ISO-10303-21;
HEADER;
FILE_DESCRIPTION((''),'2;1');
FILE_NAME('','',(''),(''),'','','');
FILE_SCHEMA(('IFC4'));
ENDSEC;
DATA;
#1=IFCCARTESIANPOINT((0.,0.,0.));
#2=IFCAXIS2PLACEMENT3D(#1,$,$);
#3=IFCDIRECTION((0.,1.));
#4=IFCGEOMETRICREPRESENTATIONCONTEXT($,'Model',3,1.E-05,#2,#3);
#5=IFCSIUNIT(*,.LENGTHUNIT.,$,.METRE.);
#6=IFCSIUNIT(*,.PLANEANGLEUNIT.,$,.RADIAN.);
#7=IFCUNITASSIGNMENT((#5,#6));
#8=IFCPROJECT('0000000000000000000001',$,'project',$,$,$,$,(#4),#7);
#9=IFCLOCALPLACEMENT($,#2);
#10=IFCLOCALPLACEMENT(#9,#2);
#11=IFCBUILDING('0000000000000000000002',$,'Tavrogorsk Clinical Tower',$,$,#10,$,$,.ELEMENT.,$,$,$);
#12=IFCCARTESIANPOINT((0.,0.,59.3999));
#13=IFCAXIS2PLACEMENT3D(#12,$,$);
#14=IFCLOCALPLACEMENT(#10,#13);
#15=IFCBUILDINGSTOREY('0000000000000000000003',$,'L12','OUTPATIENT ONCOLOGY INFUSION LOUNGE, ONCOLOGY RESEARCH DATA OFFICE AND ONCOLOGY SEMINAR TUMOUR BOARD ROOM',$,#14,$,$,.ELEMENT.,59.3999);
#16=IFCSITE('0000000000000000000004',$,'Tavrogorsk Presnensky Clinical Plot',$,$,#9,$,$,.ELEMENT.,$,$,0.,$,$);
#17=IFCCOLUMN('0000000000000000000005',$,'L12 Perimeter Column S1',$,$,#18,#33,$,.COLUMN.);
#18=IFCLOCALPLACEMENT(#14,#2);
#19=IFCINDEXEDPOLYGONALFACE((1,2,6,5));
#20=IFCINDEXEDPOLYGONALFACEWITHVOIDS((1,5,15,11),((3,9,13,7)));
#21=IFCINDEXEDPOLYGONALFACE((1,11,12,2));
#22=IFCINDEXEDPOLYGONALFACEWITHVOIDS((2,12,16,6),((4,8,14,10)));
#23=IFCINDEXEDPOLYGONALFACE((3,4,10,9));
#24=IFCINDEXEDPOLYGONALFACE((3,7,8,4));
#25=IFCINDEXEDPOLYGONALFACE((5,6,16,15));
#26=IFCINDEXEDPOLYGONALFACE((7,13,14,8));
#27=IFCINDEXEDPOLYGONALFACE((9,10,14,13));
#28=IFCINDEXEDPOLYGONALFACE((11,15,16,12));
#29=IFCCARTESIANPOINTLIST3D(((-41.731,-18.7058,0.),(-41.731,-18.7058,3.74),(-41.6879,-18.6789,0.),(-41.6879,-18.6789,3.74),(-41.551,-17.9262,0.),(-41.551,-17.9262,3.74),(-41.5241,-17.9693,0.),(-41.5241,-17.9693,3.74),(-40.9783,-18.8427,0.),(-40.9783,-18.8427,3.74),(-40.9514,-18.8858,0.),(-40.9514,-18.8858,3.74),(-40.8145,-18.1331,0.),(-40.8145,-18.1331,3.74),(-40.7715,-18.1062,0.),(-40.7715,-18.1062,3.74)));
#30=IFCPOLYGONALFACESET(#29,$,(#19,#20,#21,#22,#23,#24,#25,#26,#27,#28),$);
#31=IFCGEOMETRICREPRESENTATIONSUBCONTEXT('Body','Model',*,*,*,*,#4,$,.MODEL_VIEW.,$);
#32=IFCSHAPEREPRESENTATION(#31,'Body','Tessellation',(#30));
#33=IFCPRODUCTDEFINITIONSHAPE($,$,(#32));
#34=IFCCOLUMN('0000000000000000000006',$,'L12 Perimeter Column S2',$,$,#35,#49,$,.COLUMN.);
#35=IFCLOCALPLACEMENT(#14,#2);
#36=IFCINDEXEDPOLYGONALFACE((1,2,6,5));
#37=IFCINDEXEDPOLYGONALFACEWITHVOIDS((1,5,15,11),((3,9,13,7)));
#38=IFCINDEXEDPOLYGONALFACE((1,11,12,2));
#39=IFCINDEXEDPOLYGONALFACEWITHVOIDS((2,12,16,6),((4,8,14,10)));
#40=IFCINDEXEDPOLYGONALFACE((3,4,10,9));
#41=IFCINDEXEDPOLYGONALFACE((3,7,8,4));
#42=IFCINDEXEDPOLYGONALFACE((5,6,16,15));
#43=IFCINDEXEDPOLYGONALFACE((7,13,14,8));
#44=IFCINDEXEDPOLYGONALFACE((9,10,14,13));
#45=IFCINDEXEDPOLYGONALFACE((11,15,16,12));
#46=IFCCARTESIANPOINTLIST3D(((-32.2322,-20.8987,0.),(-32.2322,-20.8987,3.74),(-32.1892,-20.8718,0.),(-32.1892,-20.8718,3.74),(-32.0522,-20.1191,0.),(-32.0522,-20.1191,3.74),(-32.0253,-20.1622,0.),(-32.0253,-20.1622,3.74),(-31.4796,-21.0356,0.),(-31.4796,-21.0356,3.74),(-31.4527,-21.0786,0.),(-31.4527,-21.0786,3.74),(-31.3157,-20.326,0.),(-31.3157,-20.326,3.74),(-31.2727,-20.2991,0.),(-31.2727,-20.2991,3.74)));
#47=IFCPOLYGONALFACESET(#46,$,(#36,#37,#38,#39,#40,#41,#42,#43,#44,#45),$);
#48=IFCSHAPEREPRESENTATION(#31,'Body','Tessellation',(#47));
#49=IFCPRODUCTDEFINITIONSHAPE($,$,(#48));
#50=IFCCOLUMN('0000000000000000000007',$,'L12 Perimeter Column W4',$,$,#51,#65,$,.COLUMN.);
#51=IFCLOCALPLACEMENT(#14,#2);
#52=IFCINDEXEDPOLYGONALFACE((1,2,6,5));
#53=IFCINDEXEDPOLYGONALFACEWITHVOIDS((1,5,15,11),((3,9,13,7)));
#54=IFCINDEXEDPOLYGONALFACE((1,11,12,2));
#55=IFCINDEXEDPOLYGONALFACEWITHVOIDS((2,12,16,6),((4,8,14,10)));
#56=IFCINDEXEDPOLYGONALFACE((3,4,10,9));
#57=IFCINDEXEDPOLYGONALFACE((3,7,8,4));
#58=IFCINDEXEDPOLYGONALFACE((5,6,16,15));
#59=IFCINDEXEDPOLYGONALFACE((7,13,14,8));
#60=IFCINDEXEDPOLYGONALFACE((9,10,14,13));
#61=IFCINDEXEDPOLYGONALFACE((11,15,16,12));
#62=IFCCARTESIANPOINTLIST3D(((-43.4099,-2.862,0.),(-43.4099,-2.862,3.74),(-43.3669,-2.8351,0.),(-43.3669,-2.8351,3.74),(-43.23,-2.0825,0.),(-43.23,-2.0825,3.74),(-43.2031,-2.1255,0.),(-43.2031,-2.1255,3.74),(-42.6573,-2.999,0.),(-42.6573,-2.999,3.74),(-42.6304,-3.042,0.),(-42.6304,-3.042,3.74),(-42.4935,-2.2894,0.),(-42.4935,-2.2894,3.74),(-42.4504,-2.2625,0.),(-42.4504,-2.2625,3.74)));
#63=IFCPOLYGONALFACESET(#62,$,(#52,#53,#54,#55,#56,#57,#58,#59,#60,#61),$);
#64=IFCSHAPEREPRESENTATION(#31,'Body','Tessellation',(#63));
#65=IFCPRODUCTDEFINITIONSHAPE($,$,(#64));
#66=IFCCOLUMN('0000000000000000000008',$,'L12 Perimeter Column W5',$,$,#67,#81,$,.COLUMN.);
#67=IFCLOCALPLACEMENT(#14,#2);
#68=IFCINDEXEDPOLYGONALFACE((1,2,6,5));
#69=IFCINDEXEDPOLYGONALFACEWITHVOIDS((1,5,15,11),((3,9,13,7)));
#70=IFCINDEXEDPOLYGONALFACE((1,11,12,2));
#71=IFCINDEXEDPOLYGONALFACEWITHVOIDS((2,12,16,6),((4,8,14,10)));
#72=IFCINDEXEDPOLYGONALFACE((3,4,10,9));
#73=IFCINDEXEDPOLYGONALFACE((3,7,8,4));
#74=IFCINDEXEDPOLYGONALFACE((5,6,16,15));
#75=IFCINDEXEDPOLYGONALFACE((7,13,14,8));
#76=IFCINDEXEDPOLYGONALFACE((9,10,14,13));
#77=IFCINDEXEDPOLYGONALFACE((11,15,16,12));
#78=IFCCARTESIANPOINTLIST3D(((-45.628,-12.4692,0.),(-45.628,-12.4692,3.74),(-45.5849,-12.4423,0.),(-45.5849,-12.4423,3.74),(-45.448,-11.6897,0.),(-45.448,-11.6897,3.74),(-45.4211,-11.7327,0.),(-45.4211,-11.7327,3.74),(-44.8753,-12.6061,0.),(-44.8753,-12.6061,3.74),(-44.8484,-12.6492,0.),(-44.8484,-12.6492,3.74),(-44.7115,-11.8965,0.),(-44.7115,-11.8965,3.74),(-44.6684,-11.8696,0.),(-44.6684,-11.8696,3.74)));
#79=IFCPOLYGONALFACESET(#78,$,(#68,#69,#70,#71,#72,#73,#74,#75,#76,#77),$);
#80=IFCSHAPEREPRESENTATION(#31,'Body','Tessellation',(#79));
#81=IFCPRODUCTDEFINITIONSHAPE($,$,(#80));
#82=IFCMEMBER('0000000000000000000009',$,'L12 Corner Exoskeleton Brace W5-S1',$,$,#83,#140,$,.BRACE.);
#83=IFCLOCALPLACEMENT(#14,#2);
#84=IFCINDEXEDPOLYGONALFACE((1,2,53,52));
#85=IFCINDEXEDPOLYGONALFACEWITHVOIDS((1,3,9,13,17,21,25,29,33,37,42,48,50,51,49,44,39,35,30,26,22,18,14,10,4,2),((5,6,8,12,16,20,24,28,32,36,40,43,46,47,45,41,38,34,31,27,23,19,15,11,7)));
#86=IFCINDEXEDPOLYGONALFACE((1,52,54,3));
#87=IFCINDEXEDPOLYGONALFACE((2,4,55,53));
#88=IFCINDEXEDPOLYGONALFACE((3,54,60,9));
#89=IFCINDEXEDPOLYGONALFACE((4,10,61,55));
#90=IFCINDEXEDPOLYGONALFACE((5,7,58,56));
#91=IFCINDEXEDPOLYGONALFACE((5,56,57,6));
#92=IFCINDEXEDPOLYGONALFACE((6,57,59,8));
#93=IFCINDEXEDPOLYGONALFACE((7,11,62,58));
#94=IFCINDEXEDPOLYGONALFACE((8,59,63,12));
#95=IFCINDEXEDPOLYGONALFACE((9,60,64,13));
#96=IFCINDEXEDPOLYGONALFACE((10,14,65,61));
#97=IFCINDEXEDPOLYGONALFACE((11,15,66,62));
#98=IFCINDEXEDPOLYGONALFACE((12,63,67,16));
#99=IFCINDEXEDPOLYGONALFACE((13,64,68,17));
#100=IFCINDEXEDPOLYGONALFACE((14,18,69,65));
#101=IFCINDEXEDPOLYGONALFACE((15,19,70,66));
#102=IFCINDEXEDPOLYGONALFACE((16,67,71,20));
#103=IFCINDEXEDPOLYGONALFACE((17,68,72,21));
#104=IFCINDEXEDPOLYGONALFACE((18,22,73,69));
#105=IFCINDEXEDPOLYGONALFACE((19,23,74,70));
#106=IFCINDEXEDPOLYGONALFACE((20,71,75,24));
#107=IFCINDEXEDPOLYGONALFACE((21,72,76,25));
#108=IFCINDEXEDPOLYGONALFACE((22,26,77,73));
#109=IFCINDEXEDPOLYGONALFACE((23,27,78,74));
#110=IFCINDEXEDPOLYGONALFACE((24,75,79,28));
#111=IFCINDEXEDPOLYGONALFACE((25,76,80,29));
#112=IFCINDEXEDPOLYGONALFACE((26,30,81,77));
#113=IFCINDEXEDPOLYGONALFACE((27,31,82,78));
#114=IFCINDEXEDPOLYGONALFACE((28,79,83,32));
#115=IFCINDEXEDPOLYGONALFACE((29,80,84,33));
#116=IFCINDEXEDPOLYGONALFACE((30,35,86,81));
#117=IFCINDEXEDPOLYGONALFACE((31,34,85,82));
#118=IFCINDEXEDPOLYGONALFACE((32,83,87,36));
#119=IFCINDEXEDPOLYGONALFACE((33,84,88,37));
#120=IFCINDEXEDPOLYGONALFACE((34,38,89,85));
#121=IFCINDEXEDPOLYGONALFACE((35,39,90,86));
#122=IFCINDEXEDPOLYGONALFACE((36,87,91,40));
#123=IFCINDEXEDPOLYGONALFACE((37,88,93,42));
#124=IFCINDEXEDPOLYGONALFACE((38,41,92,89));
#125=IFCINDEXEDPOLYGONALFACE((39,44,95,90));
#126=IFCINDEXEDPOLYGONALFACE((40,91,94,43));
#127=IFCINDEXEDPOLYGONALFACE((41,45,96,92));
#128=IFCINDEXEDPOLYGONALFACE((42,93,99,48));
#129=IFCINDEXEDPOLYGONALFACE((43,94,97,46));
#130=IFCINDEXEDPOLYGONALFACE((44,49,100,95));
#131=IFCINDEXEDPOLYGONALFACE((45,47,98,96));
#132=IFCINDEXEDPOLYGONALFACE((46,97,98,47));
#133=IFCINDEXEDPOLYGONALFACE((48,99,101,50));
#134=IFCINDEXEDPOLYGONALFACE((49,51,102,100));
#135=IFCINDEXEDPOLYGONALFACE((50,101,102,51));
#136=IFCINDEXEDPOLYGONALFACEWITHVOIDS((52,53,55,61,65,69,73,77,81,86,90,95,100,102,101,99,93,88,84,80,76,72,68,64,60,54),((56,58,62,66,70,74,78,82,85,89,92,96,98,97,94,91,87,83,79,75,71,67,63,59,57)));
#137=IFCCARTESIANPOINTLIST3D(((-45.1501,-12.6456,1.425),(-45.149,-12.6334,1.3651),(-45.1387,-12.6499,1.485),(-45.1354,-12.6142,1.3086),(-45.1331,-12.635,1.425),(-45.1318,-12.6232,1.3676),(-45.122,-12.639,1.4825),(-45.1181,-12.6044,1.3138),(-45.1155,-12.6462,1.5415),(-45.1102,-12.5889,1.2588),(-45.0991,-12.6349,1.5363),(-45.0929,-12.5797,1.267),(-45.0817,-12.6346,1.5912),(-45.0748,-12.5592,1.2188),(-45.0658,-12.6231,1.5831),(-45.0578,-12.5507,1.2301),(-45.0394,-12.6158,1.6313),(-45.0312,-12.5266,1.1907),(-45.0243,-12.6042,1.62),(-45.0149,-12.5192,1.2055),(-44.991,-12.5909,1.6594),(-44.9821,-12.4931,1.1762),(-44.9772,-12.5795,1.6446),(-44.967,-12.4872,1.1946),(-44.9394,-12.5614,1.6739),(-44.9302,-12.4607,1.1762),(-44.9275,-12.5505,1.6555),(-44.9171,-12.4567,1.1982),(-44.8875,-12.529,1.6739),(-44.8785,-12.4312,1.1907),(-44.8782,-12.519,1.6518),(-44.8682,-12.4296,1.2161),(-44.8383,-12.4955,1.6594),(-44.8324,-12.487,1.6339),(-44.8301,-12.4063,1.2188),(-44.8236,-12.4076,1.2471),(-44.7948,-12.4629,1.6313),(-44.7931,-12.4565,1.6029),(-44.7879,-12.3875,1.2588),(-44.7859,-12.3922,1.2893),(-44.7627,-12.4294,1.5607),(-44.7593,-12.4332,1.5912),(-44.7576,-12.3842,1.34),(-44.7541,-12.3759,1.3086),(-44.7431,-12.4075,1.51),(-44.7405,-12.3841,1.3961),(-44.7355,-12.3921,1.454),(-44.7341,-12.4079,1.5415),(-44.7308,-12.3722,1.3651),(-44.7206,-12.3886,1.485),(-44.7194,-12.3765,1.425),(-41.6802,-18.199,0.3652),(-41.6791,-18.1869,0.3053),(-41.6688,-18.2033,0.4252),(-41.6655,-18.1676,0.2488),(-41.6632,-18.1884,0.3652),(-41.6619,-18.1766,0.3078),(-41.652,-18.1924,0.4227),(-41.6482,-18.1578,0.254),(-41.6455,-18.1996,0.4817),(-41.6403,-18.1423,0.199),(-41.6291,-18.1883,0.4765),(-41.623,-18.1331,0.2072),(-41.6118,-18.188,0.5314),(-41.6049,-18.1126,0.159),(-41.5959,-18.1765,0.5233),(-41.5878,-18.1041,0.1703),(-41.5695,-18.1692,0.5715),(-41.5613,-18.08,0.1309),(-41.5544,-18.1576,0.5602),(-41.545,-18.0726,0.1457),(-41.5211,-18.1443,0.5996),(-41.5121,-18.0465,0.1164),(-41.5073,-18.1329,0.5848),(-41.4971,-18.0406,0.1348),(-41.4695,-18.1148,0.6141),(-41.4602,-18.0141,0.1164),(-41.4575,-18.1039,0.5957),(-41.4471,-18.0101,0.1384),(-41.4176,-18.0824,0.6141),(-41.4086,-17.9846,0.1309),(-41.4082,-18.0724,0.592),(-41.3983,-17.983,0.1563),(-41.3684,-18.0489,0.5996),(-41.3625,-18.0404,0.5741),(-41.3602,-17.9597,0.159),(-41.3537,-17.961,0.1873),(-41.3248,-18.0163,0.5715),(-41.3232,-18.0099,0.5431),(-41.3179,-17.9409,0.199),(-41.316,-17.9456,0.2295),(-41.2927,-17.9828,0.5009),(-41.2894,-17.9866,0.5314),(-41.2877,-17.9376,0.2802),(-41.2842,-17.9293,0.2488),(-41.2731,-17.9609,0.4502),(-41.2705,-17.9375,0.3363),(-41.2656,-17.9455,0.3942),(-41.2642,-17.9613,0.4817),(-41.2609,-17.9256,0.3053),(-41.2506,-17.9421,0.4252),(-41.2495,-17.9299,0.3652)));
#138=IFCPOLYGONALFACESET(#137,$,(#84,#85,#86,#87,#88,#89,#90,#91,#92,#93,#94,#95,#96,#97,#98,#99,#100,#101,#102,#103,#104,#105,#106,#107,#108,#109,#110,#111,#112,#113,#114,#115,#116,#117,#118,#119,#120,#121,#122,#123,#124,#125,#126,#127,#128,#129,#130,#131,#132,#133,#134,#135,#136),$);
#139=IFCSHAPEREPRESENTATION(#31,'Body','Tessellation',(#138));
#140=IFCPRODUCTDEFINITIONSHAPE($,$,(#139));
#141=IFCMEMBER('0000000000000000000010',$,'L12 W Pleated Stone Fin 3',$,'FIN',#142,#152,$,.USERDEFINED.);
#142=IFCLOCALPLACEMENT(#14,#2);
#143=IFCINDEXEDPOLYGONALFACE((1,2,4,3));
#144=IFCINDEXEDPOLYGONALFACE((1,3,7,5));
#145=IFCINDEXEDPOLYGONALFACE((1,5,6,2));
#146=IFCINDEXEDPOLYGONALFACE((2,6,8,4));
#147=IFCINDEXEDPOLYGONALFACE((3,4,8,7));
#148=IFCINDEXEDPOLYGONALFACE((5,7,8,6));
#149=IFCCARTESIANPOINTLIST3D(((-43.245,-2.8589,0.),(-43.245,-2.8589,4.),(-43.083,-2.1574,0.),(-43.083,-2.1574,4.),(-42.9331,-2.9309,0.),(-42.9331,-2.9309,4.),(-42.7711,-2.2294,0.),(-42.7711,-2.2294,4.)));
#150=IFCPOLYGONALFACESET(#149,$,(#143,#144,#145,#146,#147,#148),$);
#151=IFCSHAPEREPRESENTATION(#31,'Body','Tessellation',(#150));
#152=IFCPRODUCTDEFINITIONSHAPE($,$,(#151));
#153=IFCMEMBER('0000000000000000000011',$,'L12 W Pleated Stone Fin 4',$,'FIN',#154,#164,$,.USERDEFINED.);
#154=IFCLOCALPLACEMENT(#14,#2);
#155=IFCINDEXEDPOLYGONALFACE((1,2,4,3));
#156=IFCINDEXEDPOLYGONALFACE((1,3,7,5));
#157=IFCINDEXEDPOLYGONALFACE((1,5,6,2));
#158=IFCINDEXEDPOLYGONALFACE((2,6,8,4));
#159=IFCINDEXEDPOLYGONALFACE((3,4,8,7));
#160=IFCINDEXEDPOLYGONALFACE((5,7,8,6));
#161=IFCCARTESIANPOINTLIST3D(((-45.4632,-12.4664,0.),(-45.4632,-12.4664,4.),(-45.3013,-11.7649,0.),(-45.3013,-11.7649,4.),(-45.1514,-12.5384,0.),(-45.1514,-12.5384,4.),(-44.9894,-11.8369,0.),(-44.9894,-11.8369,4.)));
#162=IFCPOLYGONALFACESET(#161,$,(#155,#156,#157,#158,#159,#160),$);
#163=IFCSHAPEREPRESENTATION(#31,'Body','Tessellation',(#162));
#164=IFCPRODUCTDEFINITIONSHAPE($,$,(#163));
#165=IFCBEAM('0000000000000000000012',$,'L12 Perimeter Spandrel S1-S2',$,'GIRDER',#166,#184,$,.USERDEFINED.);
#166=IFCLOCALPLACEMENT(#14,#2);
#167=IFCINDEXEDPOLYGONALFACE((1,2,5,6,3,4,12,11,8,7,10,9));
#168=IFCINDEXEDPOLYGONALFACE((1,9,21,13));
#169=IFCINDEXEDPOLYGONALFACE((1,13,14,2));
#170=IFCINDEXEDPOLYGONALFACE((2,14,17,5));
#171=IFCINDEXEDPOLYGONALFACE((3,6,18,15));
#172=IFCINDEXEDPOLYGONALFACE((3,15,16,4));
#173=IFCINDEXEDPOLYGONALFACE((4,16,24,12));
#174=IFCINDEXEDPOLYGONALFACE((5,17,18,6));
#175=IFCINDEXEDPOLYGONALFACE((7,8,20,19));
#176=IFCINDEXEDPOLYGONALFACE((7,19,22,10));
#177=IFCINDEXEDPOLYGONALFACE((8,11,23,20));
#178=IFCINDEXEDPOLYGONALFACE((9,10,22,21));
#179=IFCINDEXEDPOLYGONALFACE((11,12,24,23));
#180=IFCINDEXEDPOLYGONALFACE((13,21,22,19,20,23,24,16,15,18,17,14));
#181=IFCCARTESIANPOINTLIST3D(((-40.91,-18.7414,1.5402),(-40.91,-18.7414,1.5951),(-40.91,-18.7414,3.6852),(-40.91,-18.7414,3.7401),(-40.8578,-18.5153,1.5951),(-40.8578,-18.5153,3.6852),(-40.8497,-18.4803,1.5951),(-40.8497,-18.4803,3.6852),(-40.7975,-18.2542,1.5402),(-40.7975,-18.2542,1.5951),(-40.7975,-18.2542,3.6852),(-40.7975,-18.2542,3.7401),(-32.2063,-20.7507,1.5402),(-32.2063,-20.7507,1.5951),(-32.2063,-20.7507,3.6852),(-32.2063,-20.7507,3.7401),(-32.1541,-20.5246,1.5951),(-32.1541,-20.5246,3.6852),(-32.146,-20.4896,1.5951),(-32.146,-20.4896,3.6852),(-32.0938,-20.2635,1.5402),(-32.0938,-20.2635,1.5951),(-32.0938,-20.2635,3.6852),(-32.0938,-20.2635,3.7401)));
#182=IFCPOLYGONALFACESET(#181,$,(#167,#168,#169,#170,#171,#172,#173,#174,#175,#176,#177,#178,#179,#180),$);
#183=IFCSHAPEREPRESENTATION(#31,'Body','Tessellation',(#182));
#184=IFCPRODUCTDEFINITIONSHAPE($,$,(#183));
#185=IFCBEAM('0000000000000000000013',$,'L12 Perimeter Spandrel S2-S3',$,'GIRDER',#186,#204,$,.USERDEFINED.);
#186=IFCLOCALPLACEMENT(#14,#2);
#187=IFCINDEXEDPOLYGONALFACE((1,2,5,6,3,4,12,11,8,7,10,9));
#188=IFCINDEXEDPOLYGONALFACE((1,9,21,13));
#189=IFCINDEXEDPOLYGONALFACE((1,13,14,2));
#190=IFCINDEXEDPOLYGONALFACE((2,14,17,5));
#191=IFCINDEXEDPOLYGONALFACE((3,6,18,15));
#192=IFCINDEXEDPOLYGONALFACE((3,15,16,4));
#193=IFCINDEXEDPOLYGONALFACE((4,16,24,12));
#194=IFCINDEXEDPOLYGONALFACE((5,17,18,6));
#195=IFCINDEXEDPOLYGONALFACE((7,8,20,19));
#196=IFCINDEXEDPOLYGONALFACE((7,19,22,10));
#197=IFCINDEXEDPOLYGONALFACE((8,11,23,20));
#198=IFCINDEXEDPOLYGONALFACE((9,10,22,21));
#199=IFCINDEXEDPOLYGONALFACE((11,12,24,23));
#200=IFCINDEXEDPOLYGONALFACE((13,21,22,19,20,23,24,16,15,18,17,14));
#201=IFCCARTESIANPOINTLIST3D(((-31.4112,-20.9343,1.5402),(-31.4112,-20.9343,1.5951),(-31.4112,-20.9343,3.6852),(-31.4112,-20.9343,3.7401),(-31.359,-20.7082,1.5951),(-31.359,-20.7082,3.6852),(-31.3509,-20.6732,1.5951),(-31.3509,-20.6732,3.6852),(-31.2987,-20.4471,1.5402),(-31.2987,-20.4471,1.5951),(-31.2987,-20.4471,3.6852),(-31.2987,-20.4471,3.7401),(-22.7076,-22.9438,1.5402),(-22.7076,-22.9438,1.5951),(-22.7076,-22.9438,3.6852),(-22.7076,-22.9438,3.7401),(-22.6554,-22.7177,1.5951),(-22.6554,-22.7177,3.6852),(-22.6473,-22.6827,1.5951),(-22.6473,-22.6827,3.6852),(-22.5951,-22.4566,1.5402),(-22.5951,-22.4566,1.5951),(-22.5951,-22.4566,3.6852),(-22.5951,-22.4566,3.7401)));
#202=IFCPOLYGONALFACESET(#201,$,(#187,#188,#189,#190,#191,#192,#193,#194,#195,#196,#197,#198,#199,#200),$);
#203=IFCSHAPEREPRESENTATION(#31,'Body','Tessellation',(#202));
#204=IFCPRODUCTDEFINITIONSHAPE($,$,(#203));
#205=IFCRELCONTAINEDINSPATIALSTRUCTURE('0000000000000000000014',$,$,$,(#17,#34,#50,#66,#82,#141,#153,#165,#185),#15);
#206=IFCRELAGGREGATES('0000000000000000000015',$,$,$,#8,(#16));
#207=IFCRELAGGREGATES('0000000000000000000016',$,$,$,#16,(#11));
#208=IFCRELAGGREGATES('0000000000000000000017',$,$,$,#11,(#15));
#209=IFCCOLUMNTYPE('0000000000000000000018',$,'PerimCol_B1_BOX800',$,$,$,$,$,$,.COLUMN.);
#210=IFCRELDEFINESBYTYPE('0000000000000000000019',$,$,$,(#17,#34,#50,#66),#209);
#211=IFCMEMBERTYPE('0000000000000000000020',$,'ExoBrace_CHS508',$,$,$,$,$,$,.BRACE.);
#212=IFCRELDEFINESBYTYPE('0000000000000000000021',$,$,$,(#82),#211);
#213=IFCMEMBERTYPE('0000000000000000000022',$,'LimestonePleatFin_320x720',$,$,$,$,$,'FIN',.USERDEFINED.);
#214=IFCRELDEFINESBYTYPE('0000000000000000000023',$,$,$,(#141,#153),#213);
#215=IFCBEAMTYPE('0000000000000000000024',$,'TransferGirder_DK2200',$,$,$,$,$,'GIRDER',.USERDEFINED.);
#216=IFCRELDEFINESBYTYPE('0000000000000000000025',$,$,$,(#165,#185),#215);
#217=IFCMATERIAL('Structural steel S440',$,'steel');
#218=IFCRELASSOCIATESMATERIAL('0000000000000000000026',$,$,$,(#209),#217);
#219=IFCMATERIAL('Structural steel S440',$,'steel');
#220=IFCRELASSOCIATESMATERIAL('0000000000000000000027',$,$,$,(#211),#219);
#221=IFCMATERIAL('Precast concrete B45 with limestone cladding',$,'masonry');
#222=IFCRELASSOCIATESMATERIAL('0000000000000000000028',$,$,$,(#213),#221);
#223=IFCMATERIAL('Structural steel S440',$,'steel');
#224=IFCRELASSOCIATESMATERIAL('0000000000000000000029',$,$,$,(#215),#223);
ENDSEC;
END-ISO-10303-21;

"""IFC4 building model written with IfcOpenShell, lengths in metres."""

from ifc_helpers import new_model, si_unit, direction, frame, origin, origin_2d, place, context, subcontext, project, spatial, rectangle, hollow_rectangle, hollow_circle, i_section, extrude, material, material_profile, profile_set, type_object, element, save


model = new_model("IFC4")

# Units and contexts
model_context = context("Model", 3, precision=1e-05, world=origin(), true_north=direction((0.0, 1.0)))
body_context = subcontext(model_context, "Body", "Model", "MODEL_VIEW")
ifc_project = project(units=[si_unit("LENGTHUNIT", "METRE"), si_unit("PLANEANGLEUNIT", "RADIAN")], contexts=[model_context])

# Site, building, storey
site_placement = place(None, origin())
site = spatial("IfcSite", under=ifc_project, at=site_placement, Name="Tavrogorsk Presnensky Clinical Plot", CompositionType="ELEMENT", RefElevation=0.0)
building_placement = place(site_placement, origin())
building = spatial("IfcBuilding", under=site, at=building_placement, Name="Tavrogorsk Clinical Tower", CompositionType="ELEMENT")
storey_placement = place(building_placement, frame((0.0, 0.0, 59.3999)))
storey = spatial("IfcBuildingStorey", under=building, at=storey_placement, Name="L12", Description="OUTPATIENT ONCOLOGY INFUSION LOUNGE, ONCOLOGY RESEARCH DATA OFFICE AND ONCOLOGY SEMINAR TUMOUR BOARD ROOM", CompositionType="ELEMENT", Elevation=59.3999)

# Columns
ifc_material_1 = material(Name="Structural steel S440", Category="steel")
ifc_material_profile_1 = material_profile(ifc_material_1, hollow_rectangle(XDim=0.8, YDim=0.8, WallThickness=0.0359, at=origin_2d()), Name="BOX-800x800x36")
ifc_profile_set_1 = profile_set([ifc_material_profile_1], Name="Structural steel S440")
column_type = type_object("IfcColumnType", Name="PerimCol_B1_BOX800", PredefinedType="COLUMN", material=ifc_profile_set_1)
for number, where, z_axis, x_axis, name in (
    (1, (-41.2512, -18.406, 0.0), (0.0, 0.0, 1.0), (0.97437, -0.224951, 0.0), "L12 Perimeter Column S1"),
    (2, (-31.7524, -20.5989, 0.0), (0.0, 0.0, 1.0), (0.97437, -0.224951, 0.0), "L12 Perimeter Column S2"),
    (3, (-42.9302, -2.5623, 0.0), (0.0, 0.0, 1.0), (0.97437, -0.224951, 0.0), "L12 Perimeter Column W4"),
    (4, (-45.1482, -12.1694, 0.0), (0.0, 0.0, 1.0), (0.97437, -0.224951, 0.0), "L12 Perimeter Column W5"),
):
    element("IfcColumn", number, at=place(storey_placement, frame(where, z_axis=z_axis, x_axis=x_axis)), inside=storey, type_object=column_type, Name=name, PredefinedType="COLUMN", context=body_context, shape_type="SweptSolid", body=[
        extrude(hollow_rectangle(XDim=0.8, YDim=0.8, WallThickness=0.0359, at=origin_2d()), origin(), (0.0, 0.0, 1.0), 3.74),
    ])

# Members
ifc_material_2 = material(Name="Structural steel S440", Category="steel")
ifc_material_profile_2 = material_profile(ifc_material_2, hollow_circle(Radius=0.2539, WallThickness=0.02, at=origin_2d()), Name="CHS-508x20")
ifc_profile_set_2 = profile_set([ifc_material_profile_2], Name="Structural steel S440")
member_type_1 = type_object("IfcMemberType", Name="ExoBrace_CHS508", PredefinedType="BRACE", material=ifc_profile_set_2)
member_placement = place(storey_placement, frame((-41.4648, -18.0645, 0.3652), z_axis=(-0.523089, 0.83717, 0.159764), x_axis=(-0.848063, -0.529895, 0.0)))
element("IfcMember", 5, at=member_placement, inside=storey, type_object=member_type_1, Name="L12 Corner Exoskeleton Brace W5-S1", PredefinedType="BRACE", context=body_context, shape_type="SweptSolid", body=[
    extrude(hollow_circle(Radius=0.2539, WallThickness=0.02, at=origin_2d()), origin(), (0.0, 0.0, 1.0), 6.6335),
])
ifc_material_3 = material(Name="Precast concrete B45 with limestone cladding", Category="masonry")
ifc_material_profile_3 = material_profile(ifc_material_3, rectangle(XDim=0.3201, YDim=0.72, at=origin_2d()), Name="LIMESTONE-FIN-320x720")
ifc_profile_set_3 = profile_set([ifc_material_profile_3], Name="Precast concrete B45 with limestone cladding")
member_type_2 = type_object("IfcMemberType", Name="LimestonePleatFin_320x720", ElementType="FIN", PredefinedType="USERDEFINED", material=ifc_profile_set_3)
for number, where, z_axis, x_axis, name in (
    (6, (-43.0081, -2.5442, 0.0), (0.0, 0.0, 1.0), (0.97437, -0.224951, 0.0), "L12 W Pleated Stone Fin 3"),
    (7, (-45.2263, -12.1516, 0.0), (0.0, 0.0, 1.0), (0.97437, -0.224951, 0.0), "L12 W Pleated Stone Fin 4"),
):
    element("IfcMember", number, at=place(storey_placement, frame(where, z_axis=z_axis, x_axis=x_axis)), inside=storey, type_object=member_type_2, Name=name, ObjectType="FIN", PredefinedType="USERDEFINED", context=body_context, shape_type="SweptSolid", body=[
        extrude(rectangle(XDim=0.3201, YDim=0.72, at=origin_2d()), origin(), (0.0, 0.0, 1.0), 4.0),
    ])

# Beams
ifc_material_4 = material(Name="Structural steel S440", Category="steel")
ifc_material_profile_4 = material_profile(ifc_material_4, i_section(OverallWidth=0.5, OverallDepth=2.2, WebThickness=0.0359, FlangeThickness=0.0549, at=origin_2d()), Name="DK-2200x500x36x55")
ifc_profile_set_4 = profile_set([ifc_material_profile_4], Name="Structural steel S440")
beam_type = type_object("IfcBeamType", Name="TransferGirder_DK2200", ElementType="GIRDER", PredefinedType="USERDEFINED", material=ifc_profile_set_4)
for number, where, z_axis, x_axis, name in (
    (8, (-40.8538, -18.4978, 2.6401), (0.974373, -0.224939, 0.0), (0.224939, 0.974373, 0.0), "L12 Perimeter Spandrel S1-S2"),
    (9, (-31.355, -20.6907, 2.6401), (0.974367, -0.224965, 0.0), (0.224965, 0.974367, 0.0), "L12 Perimeter Spandrel S2-S3"),
):
    element("IfcBeam", number, at=place(storey_placement, frame(where, z_axis=z_axis, x_axis=x_axis)), inside=storey, type_object=beam_type, Name=name, ObjectType="GIRDER", PredefinedType="USERDEFINED", context=body_context, shape_type="SweptSolid", body=[
        extrude(i_section(OverallWidth=0.5, OverallDepth=2.2, WebThickness=0.0359, FlangeThickness=0.0549, at=origin_2d()), origin(), (0.0, 0.0, 1.0), 8.9326),
    ])

save(model, "model.ifc")
